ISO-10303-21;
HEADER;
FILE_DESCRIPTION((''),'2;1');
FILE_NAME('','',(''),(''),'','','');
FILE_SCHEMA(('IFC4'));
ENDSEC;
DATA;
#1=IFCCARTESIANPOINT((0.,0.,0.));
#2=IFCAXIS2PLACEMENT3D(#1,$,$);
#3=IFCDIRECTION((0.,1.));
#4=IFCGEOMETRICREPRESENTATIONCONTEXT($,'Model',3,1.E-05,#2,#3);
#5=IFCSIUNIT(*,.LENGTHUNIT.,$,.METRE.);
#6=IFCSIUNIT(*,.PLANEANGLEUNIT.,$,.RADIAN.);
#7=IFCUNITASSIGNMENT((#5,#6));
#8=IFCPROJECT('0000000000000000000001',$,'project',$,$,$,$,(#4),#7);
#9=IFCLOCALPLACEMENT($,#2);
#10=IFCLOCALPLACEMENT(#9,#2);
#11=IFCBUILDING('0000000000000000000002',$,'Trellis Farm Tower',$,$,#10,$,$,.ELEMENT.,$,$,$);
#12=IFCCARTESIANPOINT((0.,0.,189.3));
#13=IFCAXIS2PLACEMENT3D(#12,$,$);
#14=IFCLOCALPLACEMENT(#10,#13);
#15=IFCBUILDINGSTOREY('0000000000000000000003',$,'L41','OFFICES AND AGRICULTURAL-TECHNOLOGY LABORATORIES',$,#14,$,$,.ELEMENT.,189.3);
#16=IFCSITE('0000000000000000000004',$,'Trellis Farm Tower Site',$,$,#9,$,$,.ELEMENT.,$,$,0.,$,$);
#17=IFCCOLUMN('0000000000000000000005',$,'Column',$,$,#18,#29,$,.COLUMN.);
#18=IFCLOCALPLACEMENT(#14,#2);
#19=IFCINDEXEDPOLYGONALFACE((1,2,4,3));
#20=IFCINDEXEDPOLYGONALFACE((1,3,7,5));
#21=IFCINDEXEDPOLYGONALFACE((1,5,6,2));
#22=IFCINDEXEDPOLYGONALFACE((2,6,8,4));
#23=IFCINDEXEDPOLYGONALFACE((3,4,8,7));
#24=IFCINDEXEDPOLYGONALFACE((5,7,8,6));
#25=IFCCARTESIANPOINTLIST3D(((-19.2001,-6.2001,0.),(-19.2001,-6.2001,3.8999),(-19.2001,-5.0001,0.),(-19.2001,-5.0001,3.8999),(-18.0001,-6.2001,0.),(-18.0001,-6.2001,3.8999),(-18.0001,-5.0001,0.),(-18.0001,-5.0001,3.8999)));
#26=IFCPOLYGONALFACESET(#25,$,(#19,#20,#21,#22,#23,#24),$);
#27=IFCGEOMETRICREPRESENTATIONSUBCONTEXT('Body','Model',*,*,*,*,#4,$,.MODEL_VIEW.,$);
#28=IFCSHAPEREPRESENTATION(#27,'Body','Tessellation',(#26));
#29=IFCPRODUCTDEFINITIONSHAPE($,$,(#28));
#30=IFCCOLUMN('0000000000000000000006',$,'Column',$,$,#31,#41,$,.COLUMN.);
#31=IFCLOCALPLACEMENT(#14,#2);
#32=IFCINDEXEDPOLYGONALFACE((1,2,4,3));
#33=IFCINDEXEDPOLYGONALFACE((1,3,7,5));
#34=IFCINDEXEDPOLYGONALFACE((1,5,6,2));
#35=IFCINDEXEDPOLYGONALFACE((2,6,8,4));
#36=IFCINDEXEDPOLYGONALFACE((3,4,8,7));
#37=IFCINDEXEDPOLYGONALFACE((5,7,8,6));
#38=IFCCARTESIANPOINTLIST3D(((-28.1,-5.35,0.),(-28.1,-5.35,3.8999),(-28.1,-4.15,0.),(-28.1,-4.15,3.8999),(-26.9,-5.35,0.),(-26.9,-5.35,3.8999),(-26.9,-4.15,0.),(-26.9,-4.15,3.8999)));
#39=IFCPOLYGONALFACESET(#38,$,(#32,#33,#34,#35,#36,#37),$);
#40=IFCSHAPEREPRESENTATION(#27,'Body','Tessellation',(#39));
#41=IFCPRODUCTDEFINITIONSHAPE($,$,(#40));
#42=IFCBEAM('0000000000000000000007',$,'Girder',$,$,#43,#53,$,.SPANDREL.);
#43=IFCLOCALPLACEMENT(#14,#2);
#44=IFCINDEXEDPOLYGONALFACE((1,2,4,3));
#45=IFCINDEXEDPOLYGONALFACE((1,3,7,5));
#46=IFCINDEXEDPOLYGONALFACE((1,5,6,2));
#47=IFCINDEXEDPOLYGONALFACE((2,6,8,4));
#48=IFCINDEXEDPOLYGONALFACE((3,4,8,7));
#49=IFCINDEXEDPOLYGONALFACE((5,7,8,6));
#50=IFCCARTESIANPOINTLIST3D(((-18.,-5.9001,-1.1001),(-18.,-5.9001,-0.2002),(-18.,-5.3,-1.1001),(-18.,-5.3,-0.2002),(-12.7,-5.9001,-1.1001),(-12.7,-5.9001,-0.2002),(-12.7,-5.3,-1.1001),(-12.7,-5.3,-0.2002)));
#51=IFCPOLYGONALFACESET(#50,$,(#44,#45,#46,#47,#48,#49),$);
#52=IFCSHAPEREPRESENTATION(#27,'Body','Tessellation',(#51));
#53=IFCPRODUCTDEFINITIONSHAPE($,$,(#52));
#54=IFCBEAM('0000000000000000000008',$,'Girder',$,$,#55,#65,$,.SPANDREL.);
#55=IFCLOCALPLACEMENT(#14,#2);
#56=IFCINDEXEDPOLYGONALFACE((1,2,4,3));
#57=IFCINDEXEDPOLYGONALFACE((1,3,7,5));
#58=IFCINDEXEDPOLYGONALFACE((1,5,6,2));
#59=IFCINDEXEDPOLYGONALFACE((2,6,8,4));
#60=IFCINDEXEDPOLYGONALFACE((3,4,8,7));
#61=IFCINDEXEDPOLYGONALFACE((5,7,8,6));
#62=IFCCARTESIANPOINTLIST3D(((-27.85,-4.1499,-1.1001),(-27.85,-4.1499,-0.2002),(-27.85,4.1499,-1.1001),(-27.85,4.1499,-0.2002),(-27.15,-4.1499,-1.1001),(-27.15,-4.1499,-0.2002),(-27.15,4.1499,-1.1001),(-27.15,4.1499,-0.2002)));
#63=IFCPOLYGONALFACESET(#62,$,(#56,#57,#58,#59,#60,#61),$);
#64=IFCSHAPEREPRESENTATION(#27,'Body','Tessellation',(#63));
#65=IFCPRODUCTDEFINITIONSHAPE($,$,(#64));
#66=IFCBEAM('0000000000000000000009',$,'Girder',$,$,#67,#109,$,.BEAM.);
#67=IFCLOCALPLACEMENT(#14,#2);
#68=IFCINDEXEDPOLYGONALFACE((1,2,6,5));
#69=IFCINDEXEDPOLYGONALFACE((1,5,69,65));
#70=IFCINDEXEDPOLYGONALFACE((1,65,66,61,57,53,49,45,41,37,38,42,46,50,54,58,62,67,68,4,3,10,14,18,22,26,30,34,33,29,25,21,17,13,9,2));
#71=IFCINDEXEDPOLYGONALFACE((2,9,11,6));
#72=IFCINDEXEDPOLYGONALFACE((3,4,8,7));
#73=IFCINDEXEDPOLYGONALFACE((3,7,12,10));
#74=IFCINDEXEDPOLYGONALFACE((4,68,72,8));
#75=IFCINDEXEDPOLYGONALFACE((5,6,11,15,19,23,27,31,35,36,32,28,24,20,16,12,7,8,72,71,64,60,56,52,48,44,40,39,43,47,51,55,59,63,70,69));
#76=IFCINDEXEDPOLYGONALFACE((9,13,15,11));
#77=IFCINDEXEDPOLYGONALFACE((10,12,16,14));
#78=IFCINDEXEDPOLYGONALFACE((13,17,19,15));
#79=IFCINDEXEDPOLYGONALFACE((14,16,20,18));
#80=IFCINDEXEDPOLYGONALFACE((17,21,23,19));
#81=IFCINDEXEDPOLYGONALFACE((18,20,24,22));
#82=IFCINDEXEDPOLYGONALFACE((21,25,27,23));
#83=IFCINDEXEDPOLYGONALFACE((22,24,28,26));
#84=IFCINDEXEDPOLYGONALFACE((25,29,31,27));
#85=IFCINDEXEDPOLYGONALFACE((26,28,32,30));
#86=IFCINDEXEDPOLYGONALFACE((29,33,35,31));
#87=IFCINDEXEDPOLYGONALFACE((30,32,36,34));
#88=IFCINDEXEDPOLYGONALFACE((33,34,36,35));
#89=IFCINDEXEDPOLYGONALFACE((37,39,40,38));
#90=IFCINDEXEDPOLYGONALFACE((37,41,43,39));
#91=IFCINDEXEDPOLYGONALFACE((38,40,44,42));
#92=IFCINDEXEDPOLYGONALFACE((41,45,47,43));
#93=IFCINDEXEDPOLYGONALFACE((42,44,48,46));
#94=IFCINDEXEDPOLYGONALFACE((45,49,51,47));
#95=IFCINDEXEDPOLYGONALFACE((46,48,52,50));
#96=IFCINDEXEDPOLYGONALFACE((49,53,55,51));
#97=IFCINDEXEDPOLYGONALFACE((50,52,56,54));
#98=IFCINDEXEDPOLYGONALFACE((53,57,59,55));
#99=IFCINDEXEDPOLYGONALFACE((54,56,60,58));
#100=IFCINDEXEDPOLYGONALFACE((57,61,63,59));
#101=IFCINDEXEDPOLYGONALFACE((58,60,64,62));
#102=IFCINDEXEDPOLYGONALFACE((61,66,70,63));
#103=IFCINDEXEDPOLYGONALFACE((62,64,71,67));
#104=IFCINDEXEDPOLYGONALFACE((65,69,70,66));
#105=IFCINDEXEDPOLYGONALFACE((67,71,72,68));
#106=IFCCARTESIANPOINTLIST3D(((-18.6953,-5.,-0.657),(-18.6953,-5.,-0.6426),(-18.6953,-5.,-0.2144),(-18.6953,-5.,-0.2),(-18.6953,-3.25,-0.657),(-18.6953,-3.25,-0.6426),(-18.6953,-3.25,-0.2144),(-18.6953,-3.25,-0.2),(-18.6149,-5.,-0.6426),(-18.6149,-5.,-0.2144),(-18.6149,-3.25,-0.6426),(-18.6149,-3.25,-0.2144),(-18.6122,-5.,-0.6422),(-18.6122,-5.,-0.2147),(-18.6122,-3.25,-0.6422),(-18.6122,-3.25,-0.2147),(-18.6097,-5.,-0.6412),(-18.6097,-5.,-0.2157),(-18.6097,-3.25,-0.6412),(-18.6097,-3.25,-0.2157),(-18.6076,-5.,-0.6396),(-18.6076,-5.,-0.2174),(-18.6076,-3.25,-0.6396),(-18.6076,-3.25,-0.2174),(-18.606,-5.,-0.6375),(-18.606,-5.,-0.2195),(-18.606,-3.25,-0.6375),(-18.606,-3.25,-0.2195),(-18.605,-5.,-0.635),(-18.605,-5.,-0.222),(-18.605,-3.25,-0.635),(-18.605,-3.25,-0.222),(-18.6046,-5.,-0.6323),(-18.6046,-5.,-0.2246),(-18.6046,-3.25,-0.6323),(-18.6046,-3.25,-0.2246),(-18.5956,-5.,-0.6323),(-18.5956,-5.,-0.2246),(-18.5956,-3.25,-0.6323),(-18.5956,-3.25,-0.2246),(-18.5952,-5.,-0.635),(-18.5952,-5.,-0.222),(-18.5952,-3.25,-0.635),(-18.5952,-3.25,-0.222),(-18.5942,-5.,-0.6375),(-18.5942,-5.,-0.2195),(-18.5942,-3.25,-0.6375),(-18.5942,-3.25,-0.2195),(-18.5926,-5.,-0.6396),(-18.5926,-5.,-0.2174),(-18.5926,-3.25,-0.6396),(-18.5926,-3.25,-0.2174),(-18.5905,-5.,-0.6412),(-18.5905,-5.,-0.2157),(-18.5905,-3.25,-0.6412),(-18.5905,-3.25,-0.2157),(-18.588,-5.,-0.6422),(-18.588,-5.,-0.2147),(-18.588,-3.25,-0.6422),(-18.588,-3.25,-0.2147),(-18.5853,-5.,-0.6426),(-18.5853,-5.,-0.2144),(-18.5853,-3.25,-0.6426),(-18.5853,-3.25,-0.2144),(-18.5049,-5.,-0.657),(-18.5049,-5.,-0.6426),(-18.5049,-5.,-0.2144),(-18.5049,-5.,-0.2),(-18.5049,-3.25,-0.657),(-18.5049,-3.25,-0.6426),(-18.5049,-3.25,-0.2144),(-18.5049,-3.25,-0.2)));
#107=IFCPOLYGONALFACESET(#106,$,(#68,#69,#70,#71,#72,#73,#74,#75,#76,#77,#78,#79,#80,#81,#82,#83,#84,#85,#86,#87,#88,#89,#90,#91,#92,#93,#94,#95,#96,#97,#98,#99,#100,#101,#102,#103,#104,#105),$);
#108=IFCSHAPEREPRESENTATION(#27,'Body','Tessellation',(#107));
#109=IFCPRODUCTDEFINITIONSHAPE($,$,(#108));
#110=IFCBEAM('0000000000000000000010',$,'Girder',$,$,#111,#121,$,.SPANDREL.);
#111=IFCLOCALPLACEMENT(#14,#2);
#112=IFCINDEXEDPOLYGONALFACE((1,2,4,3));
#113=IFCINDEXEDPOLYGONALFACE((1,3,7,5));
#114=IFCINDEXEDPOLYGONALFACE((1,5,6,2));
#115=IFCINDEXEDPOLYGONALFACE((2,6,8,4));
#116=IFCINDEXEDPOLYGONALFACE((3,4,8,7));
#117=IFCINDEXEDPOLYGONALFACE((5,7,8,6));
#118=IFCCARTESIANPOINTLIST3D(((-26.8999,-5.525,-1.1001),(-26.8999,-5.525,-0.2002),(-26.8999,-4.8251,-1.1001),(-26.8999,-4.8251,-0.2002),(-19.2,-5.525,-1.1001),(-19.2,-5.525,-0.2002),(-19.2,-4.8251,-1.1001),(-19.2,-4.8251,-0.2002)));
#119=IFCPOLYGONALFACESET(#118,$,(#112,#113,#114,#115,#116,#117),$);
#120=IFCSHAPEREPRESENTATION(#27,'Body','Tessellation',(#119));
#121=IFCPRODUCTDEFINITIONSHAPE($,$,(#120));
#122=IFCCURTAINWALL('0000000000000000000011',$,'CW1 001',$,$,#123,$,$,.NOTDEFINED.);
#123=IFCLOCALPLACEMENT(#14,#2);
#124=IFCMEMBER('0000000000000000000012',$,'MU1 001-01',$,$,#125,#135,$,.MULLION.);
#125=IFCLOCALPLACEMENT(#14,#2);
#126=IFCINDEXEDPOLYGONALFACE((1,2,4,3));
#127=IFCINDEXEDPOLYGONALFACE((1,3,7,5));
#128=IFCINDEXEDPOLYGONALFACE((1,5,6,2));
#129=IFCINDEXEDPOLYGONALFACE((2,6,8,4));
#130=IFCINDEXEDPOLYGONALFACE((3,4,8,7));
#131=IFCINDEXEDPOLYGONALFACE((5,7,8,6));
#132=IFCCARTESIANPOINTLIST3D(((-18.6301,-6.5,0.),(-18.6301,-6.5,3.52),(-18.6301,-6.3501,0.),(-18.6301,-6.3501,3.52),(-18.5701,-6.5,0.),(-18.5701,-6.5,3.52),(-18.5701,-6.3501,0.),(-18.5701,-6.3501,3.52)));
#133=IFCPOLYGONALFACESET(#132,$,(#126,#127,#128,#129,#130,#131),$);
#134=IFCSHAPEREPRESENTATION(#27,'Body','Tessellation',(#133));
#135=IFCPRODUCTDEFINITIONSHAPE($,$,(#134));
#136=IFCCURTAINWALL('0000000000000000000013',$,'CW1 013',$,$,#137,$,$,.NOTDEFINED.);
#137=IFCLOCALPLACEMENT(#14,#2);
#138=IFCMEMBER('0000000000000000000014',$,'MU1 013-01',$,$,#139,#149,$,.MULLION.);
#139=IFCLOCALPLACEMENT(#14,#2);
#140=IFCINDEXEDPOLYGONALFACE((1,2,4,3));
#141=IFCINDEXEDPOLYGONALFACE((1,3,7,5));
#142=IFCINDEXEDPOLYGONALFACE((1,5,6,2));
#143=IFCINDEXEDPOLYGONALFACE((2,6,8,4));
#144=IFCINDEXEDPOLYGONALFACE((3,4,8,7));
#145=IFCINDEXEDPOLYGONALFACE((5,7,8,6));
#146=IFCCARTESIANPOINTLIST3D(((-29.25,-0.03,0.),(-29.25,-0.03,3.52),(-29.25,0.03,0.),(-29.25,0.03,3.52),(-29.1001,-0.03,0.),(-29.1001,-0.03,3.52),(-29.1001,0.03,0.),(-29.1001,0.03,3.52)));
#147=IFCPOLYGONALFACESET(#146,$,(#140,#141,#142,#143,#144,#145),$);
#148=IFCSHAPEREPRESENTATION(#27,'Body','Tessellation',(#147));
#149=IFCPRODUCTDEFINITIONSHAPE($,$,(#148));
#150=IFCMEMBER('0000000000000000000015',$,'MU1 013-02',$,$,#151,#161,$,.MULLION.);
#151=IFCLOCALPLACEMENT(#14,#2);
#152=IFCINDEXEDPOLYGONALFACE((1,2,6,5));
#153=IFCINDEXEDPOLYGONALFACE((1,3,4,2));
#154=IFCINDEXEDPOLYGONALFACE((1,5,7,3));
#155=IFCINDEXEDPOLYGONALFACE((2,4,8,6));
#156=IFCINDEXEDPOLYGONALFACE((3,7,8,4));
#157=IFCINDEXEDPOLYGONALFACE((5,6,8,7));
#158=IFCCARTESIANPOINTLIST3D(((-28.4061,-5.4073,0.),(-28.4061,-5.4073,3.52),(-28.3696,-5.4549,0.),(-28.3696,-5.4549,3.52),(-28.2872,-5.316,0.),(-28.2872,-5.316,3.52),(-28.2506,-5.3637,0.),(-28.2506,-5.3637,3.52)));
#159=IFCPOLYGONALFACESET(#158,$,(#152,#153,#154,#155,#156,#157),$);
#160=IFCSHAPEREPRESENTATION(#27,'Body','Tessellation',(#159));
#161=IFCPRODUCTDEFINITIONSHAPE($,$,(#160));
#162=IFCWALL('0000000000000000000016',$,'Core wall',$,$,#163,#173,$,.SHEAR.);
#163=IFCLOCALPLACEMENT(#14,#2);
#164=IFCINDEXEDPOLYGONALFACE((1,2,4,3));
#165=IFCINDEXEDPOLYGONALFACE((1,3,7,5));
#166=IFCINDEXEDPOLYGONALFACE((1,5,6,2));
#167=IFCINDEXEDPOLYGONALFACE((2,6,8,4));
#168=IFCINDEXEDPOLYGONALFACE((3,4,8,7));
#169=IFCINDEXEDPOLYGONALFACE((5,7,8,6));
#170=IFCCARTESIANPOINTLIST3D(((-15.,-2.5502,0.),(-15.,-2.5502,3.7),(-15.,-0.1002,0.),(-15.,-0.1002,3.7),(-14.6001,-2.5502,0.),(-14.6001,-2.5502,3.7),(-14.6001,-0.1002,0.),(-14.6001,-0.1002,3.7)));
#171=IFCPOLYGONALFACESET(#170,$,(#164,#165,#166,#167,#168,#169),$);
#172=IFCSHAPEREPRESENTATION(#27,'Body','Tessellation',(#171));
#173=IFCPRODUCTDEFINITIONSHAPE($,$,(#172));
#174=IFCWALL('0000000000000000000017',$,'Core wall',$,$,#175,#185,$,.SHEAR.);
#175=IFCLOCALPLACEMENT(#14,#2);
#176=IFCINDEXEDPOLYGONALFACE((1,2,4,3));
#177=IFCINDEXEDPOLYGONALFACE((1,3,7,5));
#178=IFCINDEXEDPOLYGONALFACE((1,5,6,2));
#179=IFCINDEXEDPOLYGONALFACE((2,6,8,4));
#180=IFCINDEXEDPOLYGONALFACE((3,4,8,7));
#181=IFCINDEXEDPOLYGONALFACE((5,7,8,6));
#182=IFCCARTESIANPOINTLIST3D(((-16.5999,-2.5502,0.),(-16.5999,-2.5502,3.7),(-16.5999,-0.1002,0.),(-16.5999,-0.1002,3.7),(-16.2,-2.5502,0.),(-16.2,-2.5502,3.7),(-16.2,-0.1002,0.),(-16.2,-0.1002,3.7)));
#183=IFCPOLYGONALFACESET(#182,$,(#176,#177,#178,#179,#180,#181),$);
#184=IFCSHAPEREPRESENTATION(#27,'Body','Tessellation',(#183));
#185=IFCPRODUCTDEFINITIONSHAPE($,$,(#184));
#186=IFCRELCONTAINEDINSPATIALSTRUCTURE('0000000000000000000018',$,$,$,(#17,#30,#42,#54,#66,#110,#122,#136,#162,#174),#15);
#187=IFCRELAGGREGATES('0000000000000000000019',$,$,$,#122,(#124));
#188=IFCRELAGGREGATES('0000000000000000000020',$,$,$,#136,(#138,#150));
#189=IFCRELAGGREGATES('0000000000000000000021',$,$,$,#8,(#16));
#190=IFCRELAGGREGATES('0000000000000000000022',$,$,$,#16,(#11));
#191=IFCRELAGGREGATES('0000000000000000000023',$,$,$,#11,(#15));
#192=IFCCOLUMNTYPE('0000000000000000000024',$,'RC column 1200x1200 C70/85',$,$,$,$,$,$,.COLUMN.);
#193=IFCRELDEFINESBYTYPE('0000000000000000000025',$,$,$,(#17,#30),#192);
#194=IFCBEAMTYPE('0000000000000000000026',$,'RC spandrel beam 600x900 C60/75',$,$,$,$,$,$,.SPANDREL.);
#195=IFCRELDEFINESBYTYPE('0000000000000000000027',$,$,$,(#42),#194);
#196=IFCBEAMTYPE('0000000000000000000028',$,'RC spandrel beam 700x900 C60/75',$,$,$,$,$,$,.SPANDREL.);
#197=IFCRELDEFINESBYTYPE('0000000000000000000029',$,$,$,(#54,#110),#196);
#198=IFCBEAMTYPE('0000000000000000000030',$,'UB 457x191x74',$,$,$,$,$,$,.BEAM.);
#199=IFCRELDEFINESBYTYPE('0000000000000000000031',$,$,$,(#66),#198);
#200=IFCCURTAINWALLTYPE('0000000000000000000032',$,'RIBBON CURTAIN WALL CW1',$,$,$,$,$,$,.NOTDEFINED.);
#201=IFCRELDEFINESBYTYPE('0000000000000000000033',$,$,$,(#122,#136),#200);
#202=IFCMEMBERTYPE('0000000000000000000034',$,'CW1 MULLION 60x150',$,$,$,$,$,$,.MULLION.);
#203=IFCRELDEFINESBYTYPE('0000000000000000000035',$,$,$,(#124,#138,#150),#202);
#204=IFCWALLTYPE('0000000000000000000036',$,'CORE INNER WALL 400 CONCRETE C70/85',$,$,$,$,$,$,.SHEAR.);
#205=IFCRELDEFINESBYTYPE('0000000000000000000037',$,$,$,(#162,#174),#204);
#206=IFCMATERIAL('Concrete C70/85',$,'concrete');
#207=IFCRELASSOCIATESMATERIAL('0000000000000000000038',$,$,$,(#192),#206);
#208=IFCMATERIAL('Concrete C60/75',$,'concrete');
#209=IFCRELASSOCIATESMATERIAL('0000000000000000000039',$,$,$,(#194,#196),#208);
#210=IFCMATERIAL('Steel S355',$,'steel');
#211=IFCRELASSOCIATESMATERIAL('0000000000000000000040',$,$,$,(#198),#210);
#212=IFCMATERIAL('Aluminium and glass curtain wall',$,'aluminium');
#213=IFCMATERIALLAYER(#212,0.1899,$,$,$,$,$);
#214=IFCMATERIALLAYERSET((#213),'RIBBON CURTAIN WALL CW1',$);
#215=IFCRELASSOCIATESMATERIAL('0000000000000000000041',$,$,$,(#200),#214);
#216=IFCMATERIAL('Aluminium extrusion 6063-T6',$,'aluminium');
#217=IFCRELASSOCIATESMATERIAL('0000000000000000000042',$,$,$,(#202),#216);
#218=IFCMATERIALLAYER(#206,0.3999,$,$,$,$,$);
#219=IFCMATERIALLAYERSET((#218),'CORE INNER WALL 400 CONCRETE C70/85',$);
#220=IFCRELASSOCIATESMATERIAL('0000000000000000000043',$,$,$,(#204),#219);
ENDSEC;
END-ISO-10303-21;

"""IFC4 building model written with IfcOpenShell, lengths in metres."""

from ifc_helpers import new_model, si_unit, direction, frame, frame_2d, origin, origin_2d, place, context, subcontext, project, spatial, rectangle, i_section, extrude, source, transform, mapped, material, layer, layer_set, material_profile, profile_set, type_object, element, aggregate, save


model = new_model("IFC4")

# Units and contexts
model_context = context("Model", 3, precision=1e-05, world=origin(), true_north=direction((0.0, 1.0)))
body_context = subcontext(model_context, "Body", "Model", "MODEL_VIEW")
ifc_project = project(units=[si_unit("LENGTHUNIT", "METRE"), si_unit("PLANEANGLEUNIT", "RADIAN")], contexts=[model_context])

# Site, building, storey
site_placement = place(None, origin())
site = spatial("IfcSite", under=ifc_project, at=site_placement, Name="Trellis Farm Tower Site", CompositionType="ELEMENT", RefElevation=0.0)
building_placement = place(site_placement, origin())
building = spatial("IfcBuilding", under=site, at=building_placement, Name="Trellis Farm Tower", CompositionType="ELEMENT")
storey_placement = place(building_placement, frame((0.0, 0.0, 189.3)))
storey = spatial("IfcBuildingStorey", under=building, at=storey_placement, Name="L41", Description="OFFICES AND AGRICULTURAL-TECHNOLOGY LABORATORIES", CompositionType="ELEMENT", Elevation=189.3)

# Columns
ifc_material_1 = material(Name="Concrete C70/85", Category="concrete")
ifc_material_profile_1 = material_profile(ifc_material_1, rectangle(XDim=1.2, YDim=1.2, at=origin_2d()), Name="RC column 1200x1200 C70/85")
ifc_profile_set_1 = profile_set([ifc_material_profile_1], Name="Concrete C70/85")
column_type = type_object("IfcColumnType", Name="RC column 1200x1200 C70/85", PredefinedType="COLUMN", material=ifc_profile_set_1)
shared_shape_1 = source(origin(), body_context, "Body", "SweptSolid", [
    extrude(rectangle(XDim=1.2, YDim=1.2, at=origin_2d()), origin(), (0.0, 0.0, 1.0), 3.8999),
])
for number, where, z_axis, x_axis, name in (
    (1, (-18.6001, -5.6001, 0.0), (0.0, 0.0, 1.0), (1.0, 0.0, 0.0), "Column"),
    (2, (-27.5, -4.75, 0.0), (0.0, 0.0, 1.0), (1.0, 0.0, 0.0), "Column"),
):
    element("IfcColumn", number, at=place(storey_placement, frame(where, z_axis=z_axis, x_axis=x_axis)), inside=storey, type_object=column_type, Name=name, PredefinedType="COLUMN", context=body_context, shape_type="MappedRepresentation", body=[
        mapped(shared_shape_1, transform((0.0, 0.0, 0.0))),
    ])

# Beams
ifc_material_2 = material(Name="Concrete C60/75", Category="concrete")
ifc_material_profile_2 = material_profile(ifc_material_2, rectangle(XDim=0.6001, YDim=0.8999, at=origin_2d()), Name="RC spandrel beam 600x900 C60/75")
ifc_profile_set_2 = profile_set([ifc_material_profile_2], Name="Concrete C60/75")
beam_type_1 = type_object("IfcBeamType", Name="RC spandrel beam 600x900 C60/75", PredefinedType="SPANDREL", material=ifc_profile_set_2)
shared_shape_2 = source(origin(), body_context, "Body", "SweptSolid", [
    extrude(rectangle(XDim=0.6001, YDim=0.8999, at=origin_2d()), origin(), (0.0, 0.0, 1.0), 5.3),
])
beam_1_placement = place(storey_placement, frame((-18.0, -5.6001, -0.6501), z_axis=(1.0, 0.0, 0.0), x_axis=(0.0, 1.0, 0.0)))
element("IfcBeam", 3, at=beam_1_placement, inside=storey, type_object=beam_type_1, Name="Girder", PredefinedType="SPANDREL", context=body_context, shape_type="MappedRepresentation", body=[
    mapped(shared_shape_2, transform((0.0, 0.0, 0.0))),
])
ifc_material_profile_3 = material_profile(ifc_material_2, rectangle(XDim=0.7, YDim=0.8999, at=origin_2d()), Name="RC spandrel beam 700x900 C60/75")
ifc_profile_set_3 = profile_set([ifc_material_profile_3], Name="Concrete C60/75")
beam_type_2 = type_object("IfcBeamType", Name="RC spandrel beam 700x900 C60/75", PredefinedType="SPANDREL", material=ifc_profile_set_3)
shared_shape_3 = source(origin(), body_context, "Body", "SweptSolid", [
    extrude(rectangle(XDim=0.7, YDim=0.8999, at=origin_2d()), origin(), (0.0, 0.0, 1.0), 8.2998),
])
beam_2_placement = place(storey_placement, frame((-27.5, -4.1499, -0.6501), z_axis=(0.0, 1.0, 0.0), x_axis=(-1.0, 0.0, 0.0)))
element("IfcBeam", 4, at=beam_2_placement, inside=storey, type_object=beam_type_2, Name="Girder", PredefinedType="SPANDREL", context=body_context, shape_type="MappedRepresentation", body=[
    mapped(shared_shape_3, transform((0.0, 0.0, 0.0))),
])
ifc_material_3 = material(Name="Steel S355", Category="steel")
ifc_material_profile_4 = material_profile(ifc_material_3, i_section(OverallWidth=0.1904, OverallDepth=0.457, WebThickness=0.009, FlangeThickness=0.0144, FilletRadius=0.0103, at=origin_2d()), Name="UB 457x191x74")
ifc_profile_set_4 = profile_set([ifc_material_profile_4], Name="Steel S355")
beam_type_3 = type_object("IfcBeamType", Name="UB 457x191x74", PredefinedType="BEAM", material=ifc_profile_set_4)
shared_shape_4 = source(origin(), body_context, "Body", "SweptSolid", [
    extrude(i_section(OverallWidth=0.1904, OverallDepth=0.457, WebThickness=0.009, FlangeThickness=0.0144, FilletRadius=0.0103, at=origin_2d()), origin(), (0.0, 0.0, 1.0), 1.75),
])
beam_3_placement = place(storey_placement, frame((-18.6001, -5.0, -0.4285), z_axis=(0.0, 1.0, 0.0), x_axis=(-1.0, 0.0, 0.0)))
element("IfcBeam", 5, at=beam_3_placement, inside=storey, type_object=beam_type_3, Name="Girder", PredefinedType="BEAM", context=body_context, shape_type="MappedRepresentation", body=[
    mapped(shared_shape_4, transform((0.0, 0.0, 0.0))),
])
shared_shape_5 = source(origin(), body_context, "Body", "SweptSolid", [
    extrude(rectangle(XDim=0.7, YDim=0.8999, at=origin_2d()), origin(), (0.0, 0.0, 1.0), 7.7),
])
beam_4_placement = place(storey_placement, frame((-26.8999, -5.175, -0.6501), z_axis=(1.0, 0.0, 0.0), x_axis=(0.0, 1.0, 0.0)))
element("IfcBeam", 6, at=beam_4_placement, inside=storey, type_object=beam_type_2, Name="Girder", PredefinedType="SPANDREL", context=body_context, shape_type="MappedRepresentation", body=[
    mapped(shared_shape_5, transform((0.0, 0.0, 0.0))),
])

# Curtain wall, member
ifc_material_4 = material(Name="Aluminium and glass curtain wall", Category="aluminium")
ifc_layer_1 = layer(ifc_material_4, 0.1899)
ifc_layer_set_1 = layer_set([ifc_layer_1], Name="RIBBON CURTAIN WALL CW1")
curtain_wall_type = type_object("IfcCurtainWallType", Name="RIBBON CURTAIN WALL CW1", PredefinedType="NOTDEFINED", material=ifc_layer_set_1)
placement = place(storey_placement, origin())
curtain_wall_1 = element("IfcCurtainWall", 7, at=placement, inside=storey, type_object=curtain_wall_type, Name="CW1 001", PredefinedType="NOTDEFINED")
ifc_material_5 = material(Name="Aluminium extrusion 6063-T6", Category="aluminium")
ifc_material_profile_5 = material_profile(ifc_material_5, rectangle(XDim=0.0601, YDim=0.1499, at=origin_2d()), Name="MULLION 60x150")
ifc_profile_set_5 = profile_set([ifc_material_profile_5], Name="Aluminium extrusion 6063-T6")
member_type = type_object("IfcMemberType", Name="CW1 MULLION 60x150", PredefinedType="MULLION", material=ifc_profile_set_5)
shared_shape_6 = source(origin(), body_context, "Body", "SweptSolid", [
    extrude(rectangle(XDim=0.0601, YDim=0.1499, at=origin_2d()), origin(), (0.0, 0.0, 1.0), 3.52),
])
member_1_placement = place(storey_placement, frame((-18.6001, -6.425, 0.0), z_axis=(0.0, 0.0, 1.0), x_axis=(1.0, 0.0, 0.0)))
member_1 = element("IfcMember", 8, at=member_1_placement, type_object=member_type, Name="MU1 001-01", PredefinedType="MULLION", context=body_context, shape_type="MappedRepresentation", body=[
    mapped(shared_shape_6, transform((0.0, 0.0, 0.0))),
])
aggregate(curtain_wall_1, [member_1])

# Curtain wall, members
curtain_wall_2 = element("IfcCurtainWall", 9, at=placement, inside=storey, type_object=curtain_wall_type, Name="CW1 013", PredefinedType="NOTDEFINED")
member_2_placement = place(storey_placement, frame((-29.175, 0.0, 0.0), z_axis=(0.0, 0.0, 1.0), x_axis=(0.0, -1.0, 0.0)))
member_2 = element("IfcMember", 10, at=member_2_placement, type_object=member_type, Name="MU1 013-01", PredefinedType="MULLION", context=body_context, shape_type="MappedRepresentation", body=[
    mapped(shared_shape_6, transform((0.0, 0.0, 0.0))),
])
member_3_placement = place(storey_placement, frame((-28.3284, -5.3855, 0.0), z_axis=(0.0, 0.0, 1.0), x_axis=(0.608761, -0.793353, 0.0)))
member_3 = element("IfcMember", 11, at=member_3_placement, type_object=member_type, Name="MU1 013-02", PredefinedType="MULLION", context=body_context, shape_type="MappedRepresentation", body=[
    mapped(shared_shape_6, transform((0.0, 0.0, 0.0))),
])
aggregate(curtain_wall_2, [member_2, member_3])

# Walls
ifc_layer_2 = layer(ifc_material_1, 0.3999)
ifc_layer_set_2 = layer_set([ifc_layer_2], Name="CORE INNER WALL 400 CONCRETE C70/85")
wall_type_1 = type_object("IfcWallType", Name="CORE INNER WALL 400 CONCRETE C70/85", PredefinedType="SHEAR", material=ifc_layer_set_2)
shared_shape_7 = source(origin(), body_context, "Body", "SweptSolid", [
    extrude(rectangle(XDim=2.45, YDim=0.3999, at=frame_2d((1.2251, 0.0))), origin(), (0.0, 0.0, 1.0), 3.7),
])
for number, where, z_axis, x_axis, name in (
    (12, (-14.8, -0.1001, 0.0), (0.0, 0.0, 1.0), (0.0, -1.0, 0.0), "Core wall"),
    (13, (-16.3999, -0.1001, 0.0), (0.0, 0.0, 1.0), (0.0, -1.0, 0.0), "Core wall"),
):
    element("IfcWall", number, at=place(storey_placement, frame(where, z_axis=z_axis, x_axis=x_axis)), inside=storey, type_object=wall_type_1, Name=name, PredefinedType="SHEAR", context=body_context, shape_type="MappedRepresentation", body=[
        mapped(shared_shape_7, transform((0.0, 0.0, 0.0))),
    ])

save(model, "model.ifc")
